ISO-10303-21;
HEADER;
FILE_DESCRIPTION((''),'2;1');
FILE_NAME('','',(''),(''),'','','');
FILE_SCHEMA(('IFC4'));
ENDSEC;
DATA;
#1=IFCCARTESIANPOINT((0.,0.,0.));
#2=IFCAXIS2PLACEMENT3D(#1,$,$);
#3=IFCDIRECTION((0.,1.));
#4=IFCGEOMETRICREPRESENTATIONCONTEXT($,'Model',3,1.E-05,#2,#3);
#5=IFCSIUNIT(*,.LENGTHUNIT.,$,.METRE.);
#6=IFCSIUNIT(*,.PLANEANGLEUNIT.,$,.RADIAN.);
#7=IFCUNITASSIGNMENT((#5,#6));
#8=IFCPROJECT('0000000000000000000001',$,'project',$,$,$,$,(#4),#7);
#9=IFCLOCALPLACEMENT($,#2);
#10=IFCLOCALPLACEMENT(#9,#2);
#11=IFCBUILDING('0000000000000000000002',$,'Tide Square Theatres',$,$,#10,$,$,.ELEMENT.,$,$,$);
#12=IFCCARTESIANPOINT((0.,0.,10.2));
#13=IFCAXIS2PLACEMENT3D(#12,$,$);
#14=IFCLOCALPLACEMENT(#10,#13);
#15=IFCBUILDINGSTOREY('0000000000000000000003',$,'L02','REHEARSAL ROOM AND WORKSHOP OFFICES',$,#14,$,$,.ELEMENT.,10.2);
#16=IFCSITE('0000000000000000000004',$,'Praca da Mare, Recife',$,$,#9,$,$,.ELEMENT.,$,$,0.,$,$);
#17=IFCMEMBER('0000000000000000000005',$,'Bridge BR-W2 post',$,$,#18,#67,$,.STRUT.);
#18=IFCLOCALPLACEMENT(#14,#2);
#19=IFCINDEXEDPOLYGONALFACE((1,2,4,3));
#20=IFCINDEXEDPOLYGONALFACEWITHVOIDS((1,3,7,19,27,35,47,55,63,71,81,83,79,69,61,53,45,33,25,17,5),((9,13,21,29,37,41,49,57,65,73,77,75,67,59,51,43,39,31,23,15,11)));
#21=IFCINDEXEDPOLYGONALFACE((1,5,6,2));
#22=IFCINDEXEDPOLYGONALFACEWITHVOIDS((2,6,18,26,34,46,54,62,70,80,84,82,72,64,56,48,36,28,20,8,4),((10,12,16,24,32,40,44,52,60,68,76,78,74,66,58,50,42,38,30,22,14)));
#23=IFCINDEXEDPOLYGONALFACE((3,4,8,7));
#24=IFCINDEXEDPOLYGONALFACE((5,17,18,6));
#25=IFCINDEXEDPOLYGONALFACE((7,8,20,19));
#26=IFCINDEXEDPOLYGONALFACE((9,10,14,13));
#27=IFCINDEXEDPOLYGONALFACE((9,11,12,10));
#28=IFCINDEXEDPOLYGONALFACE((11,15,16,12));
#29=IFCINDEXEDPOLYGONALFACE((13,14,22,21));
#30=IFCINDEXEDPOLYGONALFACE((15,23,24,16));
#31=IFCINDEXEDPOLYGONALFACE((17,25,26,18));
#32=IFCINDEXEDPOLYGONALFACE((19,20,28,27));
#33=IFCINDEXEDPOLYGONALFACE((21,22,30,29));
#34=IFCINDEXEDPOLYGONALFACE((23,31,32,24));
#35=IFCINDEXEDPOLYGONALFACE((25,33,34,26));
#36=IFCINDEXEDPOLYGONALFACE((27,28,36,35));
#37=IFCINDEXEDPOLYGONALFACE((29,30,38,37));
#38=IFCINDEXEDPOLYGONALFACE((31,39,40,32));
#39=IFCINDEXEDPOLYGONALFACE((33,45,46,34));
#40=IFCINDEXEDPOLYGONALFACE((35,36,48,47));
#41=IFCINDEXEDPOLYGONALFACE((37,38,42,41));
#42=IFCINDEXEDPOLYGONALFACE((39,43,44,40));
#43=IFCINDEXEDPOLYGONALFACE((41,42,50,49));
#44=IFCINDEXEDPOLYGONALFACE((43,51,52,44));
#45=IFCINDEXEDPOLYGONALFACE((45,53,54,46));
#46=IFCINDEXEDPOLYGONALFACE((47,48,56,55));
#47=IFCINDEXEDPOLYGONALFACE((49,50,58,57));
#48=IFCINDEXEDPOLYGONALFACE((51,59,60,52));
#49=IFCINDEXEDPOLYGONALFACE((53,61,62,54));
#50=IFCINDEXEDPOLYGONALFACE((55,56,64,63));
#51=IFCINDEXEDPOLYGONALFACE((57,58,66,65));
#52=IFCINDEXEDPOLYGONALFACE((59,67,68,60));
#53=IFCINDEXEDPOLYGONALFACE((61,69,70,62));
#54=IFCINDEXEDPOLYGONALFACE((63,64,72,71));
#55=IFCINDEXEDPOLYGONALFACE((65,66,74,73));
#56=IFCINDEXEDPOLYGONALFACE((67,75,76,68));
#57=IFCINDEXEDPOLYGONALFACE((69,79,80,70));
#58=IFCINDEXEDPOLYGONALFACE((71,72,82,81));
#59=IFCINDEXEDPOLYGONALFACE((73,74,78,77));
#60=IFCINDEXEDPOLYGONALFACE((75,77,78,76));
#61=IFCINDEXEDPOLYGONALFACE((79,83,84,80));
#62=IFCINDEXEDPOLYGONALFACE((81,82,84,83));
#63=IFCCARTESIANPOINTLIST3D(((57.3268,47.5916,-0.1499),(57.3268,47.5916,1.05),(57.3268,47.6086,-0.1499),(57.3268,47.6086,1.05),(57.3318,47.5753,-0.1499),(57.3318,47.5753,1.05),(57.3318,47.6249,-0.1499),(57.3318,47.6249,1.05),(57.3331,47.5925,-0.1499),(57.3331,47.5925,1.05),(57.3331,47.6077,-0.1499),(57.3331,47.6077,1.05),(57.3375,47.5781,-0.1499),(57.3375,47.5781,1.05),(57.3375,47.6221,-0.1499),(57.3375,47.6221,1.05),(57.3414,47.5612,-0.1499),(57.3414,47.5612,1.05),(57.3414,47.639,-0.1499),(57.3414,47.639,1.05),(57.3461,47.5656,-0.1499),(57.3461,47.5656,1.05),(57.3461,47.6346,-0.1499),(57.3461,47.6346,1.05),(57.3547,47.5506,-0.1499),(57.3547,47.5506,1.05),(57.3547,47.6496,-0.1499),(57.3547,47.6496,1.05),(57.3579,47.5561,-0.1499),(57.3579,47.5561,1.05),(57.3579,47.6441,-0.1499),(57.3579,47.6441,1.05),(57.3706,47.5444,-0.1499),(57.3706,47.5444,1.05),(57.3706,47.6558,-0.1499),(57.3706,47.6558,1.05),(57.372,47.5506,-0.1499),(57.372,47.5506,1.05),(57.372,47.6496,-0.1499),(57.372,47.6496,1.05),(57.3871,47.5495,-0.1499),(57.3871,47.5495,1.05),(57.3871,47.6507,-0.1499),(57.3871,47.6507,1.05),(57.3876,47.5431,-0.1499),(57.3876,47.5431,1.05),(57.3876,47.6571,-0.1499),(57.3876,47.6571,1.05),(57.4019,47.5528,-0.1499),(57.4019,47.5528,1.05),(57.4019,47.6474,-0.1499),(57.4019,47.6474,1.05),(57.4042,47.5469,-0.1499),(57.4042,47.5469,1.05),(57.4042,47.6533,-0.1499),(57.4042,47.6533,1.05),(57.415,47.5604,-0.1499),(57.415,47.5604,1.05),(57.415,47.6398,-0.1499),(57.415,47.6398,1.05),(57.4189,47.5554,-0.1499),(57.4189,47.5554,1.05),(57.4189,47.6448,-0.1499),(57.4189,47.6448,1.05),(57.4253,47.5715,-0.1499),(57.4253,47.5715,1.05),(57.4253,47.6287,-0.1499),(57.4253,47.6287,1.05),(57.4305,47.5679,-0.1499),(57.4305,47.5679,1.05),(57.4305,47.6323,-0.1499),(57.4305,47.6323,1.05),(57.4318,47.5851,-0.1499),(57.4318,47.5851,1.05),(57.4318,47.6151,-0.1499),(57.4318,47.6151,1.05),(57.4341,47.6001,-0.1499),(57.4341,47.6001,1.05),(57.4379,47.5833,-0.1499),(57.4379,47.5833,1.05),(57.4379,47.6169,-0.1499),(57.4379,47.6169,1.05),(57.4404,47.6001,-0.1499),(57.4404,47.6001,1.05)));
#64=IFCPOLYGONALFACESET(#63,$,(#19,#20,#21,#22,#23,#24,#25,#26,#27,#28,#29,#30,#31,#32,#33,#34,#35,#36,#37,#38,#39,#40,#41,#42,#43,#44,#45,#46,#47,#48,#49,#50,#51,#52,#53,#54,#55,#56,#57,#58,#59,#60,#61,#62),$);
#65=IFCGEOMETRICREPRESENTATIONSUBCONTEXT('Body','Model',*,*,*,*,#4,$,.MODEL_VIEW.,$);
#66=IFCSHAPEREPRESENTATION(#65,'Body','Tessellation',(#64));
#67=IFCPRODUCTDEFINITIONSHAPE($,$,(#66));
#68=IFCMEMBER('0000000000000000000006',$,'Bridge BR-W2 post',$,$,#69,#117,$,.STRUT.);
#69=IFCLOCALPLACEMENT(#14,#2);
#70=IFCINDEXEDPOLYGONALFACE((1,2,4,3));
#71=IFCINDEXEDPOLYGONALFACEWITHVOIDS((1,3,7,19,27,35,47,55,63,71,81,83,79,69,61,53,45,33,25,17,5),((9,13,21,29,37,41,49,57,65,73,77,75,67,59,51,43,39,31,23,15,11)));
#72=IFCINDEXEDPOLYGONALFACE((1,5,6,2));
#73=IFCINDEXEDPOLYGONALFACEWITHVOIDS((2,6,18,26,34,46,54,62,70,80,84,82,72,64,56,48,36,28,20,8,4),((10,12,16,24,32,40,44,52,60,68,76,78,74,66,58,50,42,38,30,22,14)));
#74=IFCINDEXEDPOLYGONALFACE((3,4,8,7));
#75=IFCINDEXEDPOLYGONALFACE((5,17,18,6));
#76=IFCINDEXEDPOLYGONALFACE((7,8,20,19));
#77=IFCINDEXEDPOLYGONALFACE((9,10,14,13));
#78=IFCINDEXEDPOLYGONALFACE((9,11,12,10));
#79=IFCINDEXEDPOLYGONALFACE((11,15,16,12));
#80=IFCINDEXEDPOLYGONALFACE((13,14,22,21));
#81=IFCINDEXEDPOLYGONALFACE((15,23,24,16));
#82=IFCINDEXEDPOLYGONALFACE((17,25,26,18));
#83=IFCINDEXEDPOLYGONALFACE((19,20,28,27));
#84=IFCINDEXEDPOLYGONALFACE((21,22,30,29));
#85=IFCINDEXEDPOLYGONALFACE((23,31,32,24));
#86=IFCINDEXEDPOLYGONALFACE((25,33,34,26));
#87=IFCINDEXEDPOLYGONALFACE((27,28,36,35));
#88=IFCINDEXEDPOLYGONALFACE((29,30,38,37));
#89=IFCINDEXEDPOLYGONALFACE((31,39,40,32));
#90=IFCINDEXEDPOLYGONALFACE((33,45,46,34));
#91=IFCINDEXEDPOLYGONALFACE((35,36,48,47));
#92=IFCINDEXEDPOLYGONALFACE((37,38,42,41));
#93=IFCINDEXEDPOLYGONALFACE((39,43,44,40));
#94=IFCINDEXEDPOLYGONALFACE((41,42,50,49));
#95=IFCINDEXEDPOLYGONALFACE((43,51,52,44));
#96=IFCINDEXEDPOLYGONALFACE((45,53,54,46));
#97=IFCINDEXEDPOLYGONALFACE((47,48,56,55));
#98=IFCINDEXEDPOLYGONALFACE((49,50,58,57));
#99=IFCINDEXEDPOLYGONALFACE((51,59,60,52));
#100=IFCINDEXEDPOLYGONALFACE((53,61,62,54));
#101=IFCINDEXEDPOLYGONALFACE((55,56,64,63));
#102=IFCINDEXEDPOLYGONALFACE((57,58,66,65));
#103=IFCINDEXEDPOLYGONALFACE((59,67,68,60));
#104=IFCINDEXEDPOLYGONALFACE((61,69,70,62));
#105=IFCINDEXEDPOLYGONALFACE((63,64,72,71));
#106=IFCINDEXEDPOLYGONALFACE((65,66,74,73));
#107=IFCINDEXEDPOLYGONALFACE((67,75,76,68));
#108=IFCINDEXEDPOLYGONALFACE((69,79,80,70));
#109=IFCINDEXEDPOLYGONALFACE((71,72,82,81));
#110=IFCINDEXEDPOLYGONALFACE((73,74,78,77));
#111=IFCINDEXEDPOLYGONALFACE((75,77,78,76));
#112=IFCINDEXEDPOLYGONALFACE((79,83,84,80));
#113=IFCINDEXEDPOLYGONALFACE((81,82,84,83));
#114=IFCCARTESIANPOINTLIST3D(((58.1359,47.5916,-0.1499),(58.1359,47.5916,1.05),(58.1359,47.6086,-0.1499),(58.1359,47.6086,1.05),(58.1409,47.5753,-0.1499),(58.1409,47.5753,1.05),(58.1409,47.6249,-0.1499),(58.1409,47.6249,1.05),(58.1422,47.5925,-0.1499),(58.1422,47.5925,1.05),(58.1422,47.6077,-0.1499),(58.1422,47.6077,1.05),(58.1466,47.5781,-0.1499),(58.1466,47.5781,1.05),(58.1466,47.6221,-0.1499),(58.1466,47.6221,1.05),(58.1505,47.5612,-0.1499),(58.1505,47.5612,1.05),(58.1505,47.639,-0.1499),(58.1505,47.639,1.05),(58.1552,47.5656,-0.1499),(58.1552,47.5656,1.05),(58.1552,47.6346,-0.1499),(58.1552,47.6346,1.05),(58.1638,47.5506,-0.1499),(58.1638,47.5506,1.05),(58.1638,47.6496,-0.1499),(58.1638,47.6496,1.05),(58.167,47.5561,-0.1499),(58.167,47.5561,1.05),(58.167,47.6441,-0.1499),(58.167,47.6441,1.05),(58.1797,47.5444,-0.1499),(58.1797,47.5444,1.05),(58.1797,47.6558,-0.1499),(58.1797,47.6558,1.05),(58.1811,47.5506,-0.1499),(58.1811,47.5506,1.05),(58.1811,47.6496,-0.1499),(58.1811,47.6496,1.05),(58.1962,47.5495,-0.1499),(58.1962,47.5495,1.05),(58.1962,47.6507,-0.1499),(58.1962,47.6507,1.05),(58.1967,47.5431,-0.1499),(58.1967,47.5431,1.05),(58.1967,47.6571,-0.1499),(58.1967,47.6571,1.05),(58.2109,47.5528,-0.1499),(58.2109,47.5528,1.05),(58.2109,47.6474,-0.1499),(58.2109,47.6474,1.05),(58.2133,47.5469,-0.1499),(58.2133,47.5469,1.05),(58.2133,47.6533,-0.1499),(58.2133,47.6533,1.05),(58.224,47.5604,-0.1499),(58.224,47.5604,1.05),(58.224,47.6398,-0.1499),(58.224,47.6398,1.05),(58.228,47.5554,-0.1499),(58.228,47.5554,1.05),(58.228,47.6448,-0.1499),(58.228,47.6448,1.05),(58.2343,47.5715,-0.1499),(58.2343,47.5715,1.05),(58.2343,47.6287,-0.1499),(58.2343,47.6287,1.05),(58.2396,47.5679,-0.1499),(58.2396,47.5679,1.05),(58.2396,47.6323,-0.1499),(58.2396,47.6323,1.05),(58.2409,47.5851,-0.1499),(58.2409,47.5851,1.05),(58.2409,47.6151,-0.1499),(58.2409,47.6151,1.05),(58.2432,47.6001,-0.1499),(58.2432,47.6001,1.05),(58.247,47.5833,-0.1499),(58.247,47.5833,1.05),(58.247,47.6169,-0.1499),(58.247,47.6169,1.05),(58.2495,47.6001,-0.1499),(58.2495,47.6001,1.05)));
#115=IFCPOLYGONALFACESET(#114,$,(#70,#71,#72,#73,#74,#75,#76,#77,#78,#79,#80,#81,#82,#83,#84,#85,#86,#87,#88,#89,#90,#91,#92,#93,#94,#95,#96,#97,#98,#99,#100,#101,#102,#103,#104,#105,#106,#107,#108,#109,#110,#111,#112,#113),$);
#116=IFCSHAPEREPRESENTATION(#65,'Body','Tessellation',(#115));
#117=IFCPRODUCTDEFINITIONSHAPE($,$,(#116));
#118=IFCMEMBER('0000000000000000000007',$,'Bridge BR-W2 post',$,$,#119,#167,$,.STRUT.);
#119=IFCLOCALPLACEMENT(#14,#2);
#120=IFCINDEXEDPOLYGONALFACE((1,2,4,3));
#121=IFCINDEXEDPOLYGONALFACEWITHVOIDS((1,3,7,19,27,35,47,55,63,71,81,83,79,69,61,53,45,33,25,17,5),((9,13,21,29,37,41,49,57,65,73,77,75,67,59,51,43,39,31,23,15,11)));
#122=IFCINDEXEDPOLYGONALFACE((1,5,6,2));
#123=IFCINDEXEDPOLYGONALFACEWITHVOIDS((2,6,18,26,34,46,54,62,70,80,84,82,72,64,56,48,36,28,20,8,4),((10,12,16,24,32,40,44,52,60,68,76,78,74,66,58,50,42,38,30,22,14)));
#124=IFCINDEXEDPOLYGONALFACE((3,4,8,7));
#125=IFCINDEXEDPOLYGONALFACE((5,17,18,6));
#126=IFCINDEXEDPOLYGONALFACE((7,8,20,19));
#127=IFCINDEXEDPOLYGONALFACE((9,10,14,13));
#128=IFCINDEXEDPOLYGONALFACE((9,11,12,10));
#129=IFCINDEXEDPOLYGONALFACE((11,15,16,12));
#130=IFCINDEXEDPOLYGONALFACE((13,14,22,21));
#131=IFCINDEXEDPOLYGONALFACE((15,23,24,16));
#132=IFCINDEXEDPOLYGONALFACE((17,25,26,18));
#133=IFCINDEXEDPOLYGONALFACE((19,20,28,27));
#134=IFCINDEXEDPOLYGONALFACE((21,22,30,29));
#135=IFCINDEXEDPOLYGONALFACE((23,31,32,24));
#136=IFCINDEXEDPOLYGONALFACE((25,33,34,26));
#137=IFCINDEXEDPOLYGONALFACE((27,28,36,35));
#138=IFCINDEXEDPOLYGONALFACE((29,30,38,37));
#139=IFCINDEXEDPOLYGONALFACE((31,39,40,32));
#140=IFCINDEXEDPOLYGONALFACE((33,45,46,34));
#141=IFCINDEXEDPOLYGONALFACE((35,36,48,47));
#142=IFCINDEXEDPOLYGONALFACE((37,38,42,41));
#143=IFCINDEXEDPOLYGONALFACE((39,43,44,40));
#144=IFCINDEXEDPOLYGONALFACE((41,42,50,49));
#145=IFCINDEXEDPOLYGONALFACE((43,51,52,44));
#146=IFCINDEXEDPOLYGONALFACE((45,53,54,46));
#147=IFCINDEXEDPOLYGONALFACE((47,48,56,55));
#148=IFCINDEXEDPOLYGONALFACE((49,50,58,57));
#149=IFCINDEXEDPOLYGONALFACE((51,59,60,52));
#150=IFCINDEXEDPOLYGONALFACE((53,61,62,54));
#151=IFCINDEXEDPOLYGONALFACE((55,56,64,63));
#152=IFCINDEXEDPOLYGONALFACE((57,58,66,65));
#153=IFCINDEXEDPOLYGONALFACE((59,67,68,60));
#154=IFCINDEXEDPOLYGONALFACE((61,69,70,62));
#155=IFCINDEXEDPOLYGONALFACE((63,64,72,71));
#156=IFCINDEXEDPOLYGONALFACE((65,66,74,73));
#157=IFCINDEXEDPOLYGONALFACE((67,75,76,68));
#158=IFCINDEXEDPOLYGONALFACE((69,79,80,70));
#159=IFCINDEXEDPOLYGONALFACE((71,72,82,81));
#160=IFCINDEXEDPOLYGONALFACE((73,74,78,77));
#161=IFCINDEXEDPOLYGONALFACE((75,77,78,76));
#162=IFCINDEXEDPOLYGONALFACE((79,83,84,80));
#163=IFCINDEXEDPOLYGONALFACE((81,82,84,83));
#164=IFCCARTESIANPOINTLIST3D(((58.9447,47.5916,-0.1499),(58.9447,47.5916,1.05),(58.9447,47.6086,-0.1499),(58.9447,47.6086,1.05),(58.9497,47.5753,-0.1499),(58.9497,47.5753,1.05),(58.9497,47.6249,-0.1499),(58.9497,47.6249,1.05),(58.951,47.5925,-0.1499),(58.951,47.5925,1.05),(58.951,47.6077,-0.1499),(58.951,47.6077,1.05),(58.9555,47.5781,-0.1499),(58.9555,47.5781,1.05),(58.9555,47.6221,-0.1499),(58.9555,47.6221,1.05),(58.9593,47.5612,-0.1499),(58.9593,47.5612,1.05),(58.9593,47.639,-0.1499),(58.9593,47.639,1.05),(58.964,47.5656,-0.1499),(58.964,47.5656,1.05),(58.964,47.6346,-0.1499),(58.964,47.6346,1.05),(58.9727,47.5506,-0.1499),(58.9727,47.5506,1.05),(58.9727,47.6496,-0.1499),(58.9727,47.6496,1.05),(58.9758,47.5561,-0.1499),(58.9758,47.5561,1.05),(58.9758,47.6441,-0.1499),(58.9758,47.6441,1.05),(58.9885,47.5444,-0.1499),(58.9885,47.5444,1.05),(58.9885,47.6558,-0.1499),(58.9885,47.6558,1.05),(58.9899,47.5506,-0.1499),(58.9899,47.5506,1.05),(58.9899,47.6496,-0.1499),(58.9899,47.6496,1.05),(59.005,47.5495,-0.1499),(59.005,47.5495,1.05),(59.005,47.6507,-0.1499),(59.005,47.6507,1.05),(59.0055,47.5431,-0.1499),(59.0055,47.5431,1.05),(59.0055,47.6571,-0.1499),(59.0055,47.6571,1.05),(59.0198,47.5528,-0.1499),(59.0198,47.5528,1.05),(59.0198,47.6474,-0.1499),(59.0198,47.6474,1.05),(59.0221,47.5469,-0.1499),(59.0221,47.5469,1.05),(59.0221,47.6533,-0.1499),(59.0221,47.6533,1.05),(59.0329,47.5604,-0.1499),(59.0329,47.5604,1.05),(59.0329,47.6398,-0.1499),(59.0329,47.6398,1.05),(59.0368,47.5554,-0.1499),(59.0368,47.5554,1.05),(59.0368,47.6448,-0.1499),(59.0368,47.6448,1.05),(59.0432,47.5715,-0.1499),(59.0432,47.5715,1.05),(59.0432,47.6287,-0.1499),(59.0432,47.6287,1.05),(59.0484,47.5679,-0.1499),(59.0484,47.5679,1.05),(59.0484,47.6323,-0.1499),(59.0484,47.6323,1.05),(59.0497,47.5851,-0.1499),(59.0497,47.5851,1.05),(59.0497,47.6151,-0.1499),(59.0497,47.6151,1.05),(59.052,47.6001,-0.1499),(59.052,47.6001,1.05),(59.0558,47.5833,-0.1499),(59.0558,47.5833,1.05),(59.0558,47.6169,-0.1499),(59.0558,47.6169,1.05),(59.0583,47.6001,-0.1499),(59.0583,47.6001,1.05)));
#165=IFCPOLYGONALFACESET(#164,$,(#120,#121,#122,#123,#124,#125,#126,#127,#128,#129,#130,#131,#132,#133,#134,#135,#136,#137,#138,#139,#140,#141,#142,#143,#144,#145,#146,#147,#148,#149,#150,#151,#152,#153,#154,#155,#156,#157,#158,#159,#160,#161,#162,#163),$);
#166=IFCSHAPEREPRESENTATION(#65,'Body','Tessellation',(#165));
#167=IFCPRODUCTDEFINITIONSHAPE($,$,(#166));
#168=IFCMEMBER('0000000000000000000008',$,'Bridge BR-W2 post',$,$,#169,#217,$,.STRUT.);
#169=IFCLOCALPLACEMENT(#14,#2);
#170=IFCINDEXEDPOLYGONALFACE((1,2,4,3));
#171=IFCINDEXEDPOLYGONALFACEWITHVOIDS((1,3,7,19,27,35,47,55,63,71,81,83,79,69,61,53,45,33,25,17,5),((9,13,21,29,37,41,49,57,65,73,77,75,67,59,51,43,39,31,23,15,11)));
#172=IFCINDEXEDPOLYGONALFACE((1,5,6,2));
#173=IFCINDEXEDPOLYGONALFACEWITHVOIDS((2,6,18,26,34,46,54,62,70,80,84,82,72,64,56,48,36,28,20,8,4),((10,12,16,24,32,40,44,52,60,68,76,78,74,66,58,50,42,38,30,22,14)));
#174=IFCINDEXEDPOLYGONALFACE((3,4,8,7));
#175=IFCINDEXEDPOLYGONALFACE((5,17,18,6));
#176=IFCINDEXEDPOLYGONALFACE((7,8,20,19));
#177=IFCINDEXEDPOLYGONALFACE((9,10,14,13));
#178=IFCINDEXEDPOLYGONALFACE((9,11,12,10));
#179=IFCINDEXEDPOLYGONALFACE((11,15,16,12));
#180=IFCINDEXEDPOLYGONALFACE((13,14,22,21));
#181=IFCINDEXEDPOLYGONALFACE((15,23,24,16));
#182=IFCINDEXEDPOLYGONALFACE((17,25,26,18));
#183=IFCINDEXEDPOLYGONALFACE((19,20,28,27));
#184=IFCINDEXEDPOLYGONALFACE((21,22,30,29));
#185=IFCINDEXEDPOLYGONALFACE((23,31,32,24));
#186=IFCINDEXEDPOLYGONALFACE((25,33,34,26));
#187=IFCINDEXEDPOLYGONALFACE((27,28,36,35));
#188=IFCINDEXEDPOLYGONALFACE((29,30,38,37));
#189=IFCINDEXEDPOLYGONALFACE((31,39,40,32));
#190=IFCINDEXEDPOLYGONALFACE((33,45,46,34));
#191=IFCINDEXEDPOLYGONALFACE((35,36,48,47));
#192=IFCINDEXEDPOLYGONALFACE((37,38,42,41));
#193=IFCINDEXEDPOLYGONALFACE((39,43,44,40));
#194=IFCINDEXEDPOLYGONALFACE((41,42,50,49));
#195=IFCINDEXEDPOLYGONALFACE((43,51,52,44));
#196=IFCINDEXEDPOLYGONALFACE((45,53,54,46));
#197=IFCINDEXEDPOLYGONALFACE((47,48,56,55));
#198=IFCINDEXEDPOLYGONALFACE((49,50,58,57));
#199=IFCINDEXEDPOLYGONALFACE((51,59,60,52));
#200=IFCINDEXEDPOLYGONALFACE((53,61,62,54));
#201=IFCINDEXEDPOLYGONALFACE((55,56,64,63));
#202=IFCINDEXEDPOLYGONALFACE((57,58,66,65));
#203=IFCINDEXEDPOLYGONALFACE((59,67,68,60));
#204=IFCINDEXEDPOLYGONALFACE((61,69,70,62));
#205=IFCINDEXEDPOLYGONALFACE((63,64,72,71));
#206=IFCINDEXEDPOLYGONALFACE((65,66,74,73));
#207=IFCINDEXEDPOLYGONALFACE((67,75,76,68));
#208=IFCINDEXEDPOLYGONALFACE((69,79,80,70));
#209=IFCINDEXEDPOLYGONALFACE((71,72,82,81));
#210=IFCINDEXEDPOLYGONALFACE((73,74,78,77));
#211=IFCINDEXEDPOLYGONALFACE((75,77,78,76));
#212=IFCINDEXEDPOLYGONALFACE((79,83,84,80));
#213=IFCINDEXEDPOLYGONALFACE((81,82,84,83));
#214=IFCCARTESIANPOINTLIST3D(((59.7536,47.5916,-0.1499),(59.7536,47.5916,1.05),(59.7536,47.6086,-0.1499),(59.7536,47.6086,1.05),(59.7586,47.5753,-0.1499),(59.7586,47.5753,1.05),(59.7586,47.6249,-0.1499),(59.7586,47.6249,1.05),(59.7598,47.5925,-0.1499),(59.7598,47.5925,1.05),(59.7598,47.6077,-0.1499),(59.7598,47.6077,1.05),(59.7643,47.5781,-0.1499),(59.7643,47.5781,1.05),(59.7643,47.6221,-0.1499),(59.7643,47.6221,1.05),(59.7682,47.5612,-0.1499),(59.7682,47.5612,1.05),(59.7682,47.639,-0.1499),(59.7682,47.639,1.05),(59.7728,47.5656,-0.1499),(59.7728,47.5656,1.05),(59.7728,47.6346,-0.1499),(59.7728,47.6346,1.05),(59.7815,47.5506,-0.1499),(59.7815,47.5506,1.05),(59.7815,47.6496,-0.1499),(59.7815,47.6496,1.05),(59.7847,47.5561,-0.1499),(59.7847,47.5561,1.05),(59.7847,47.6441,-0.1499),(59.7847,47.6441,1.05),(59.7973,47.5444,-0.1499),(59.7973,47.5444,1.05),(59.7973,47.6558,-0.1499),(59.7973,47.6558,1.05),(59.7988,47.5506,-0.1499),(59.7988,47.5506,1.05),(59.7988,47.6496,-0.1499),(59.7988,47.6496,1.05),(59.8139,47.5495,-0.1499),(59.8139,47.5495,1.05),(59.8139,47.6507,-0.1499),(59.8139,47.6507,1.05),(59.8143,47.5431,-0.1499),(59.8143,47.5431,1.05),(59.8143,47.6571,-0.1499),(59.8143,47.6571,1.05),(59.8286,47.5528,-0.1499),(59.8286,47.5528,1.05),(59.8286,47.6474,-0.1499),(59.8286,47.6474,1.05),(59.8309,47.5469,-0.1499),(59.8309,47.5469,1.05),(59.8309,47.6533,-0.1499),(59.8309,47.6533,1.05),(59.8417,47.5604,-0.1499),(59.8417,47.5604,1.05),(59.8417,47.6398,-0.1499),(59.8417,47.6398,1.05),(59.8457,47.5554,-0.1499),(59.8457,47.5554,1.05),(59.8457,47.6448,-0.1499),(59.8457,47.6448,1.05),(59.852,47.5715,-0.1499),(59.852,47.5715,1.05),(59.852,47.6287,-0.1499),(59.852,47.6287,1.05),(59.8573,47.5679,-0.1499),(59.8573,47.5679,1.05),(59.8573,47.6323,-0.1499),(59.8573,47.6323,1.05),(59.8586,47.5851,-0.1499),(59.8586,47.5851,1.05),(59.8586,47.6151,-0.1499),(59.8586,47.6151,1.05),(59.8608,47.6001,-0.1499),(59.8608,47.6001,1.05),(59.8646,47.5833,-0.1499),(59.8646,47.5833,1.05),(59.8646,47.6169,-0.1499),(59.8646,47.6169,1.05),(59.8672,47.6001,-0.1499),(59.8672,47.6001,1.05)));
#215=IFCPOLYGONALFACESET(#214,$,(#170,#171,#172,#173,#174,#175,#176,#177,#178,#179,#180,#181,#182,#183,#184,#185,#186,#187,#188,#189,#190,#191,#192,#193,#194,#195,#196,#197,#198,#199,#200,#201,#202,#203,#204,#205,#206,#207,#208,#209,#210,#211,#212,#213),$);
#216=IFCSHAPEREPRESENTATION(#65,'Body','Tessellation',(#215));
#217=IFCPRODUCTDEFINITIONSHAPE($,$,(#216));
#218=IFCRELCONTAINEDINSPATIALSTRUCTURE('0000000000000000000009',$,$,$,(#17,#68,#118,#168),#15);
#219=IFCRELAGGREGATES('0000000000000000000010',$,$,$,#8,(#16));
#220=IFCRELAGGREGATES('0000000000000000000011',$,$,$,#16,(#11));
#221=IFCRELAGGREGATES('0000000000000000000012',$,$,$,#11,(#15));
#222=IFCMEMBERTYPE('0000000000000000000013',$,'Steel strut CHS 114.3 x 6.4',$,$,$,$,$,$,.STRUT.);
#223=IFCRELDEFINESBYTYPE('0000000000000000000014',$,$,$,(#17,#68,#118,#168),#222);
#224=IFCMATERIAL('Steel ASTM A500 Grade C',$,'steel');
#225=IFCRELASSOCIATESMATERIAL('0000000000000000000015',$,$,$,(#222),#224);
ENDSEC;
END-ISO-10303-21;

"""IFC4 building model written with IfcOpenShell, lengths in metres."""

from ifc_helpers import new_model, si_unit, direction, frame, origin, origin_2d, place, context, subcontext, project, spatial, hollow_circle, extrude, material, material_profile, profile_set, type_object, element, save


model = new_model("IFC4")

# Units and contexts
model_context = context("Model", 3, precision=1e-05, world=origin(), true_north=direction((0.0, 1.0)))
body_context = subcontext(model_context, "Body", "Model", "MODEL_VIEW")
ifc_project = project(units=[si_unit("LENGTHUNIT", "METRE"), si_unit("PLANEANGLEUNIT", "RADIAN")], contexts=[model_context])

# Site, building, storey
site_placement = place(None, origin())
site = spatial("IfcSite", under=ifc_project, at=site_placement, Name="Praca da Mare, Recife", CompositionType="ELEMENT", RefElevation=0.0)
building_placement = place(site_placement, origin())
building = spatial("IfcBuilding", under=site, at=building_placement, Name="Tide Square Theatres", CompositionType="ELEMENT")
storey_placement = place(building_placement, frame((0.0, 0.0, 10.2)))
storey = spatial("IfcBuildingStorey", under=building, at=storey_placement, Name="L02", Description="REHEARSAL ROOM AND WORKSHOP OFFICES", CompositionType="ELEMENT", Elevation=10.2)

# Members
ifc_material_1 = material(Name="Steel ASTM A500 Grade C", Category="steel")
ifc_material_profile_1 = material_profile(ifc_material_1, hollow_circle(Radius=0.0571, WallThickness=0.0063, at=origin_2d()))
ifc_profile_set_1 = profile_set([ifc_material_profile_1], Name="Steel ASTM A500 Grade C")
member_type_1 = type_object("IfcMemberType", Name="Steel strut CHS 114.3 x 6.4", PredefinedType="STRUT", material=ifc_profile_set_1)
for number, where, z_axis, x_axis, name in (
    (1, (57.3833, 47.6001, -0.1499), (0.0, 0.0, 1.0), (1.0, 0.0, 0.0), "Bridge BR-W2 post"),
    (2, (58.1924, 47.6001, -0.1499), (0.0, 0.0, 1.0), (1.0, 0.0, 0.0), "Bridge BR-W2 post"),
    (3, (59.0012, 47.6001, -0.1499), (0.0, 0.0, 1.0), (1.0, 0.0, 0.0), "Bridge BR-W2 post"),
    (4, (59.8101, 47.6001, -0.1499), (0.0, 0.0, 1.0), (1.0, 0.0, 0.0), "Bridge BR-W2 post"),
):
    element("IfcMember", number, at=place(storey_placement, frame(where, z_axis=z_axis, x_axis=x_axis)), inside=storey, type_object=member_type_1, Name=name, PredefinedType="STRUT", context=body_context, shape_type="SweptSolid", body=[
        extrude(hollow_circle(Radius=0.0571, WallThickness=0.0063, at=origin_2d()), origin(), (0.0, 0.0, 1.0), 1.2),
    ])

save(model, "model.ifc")
